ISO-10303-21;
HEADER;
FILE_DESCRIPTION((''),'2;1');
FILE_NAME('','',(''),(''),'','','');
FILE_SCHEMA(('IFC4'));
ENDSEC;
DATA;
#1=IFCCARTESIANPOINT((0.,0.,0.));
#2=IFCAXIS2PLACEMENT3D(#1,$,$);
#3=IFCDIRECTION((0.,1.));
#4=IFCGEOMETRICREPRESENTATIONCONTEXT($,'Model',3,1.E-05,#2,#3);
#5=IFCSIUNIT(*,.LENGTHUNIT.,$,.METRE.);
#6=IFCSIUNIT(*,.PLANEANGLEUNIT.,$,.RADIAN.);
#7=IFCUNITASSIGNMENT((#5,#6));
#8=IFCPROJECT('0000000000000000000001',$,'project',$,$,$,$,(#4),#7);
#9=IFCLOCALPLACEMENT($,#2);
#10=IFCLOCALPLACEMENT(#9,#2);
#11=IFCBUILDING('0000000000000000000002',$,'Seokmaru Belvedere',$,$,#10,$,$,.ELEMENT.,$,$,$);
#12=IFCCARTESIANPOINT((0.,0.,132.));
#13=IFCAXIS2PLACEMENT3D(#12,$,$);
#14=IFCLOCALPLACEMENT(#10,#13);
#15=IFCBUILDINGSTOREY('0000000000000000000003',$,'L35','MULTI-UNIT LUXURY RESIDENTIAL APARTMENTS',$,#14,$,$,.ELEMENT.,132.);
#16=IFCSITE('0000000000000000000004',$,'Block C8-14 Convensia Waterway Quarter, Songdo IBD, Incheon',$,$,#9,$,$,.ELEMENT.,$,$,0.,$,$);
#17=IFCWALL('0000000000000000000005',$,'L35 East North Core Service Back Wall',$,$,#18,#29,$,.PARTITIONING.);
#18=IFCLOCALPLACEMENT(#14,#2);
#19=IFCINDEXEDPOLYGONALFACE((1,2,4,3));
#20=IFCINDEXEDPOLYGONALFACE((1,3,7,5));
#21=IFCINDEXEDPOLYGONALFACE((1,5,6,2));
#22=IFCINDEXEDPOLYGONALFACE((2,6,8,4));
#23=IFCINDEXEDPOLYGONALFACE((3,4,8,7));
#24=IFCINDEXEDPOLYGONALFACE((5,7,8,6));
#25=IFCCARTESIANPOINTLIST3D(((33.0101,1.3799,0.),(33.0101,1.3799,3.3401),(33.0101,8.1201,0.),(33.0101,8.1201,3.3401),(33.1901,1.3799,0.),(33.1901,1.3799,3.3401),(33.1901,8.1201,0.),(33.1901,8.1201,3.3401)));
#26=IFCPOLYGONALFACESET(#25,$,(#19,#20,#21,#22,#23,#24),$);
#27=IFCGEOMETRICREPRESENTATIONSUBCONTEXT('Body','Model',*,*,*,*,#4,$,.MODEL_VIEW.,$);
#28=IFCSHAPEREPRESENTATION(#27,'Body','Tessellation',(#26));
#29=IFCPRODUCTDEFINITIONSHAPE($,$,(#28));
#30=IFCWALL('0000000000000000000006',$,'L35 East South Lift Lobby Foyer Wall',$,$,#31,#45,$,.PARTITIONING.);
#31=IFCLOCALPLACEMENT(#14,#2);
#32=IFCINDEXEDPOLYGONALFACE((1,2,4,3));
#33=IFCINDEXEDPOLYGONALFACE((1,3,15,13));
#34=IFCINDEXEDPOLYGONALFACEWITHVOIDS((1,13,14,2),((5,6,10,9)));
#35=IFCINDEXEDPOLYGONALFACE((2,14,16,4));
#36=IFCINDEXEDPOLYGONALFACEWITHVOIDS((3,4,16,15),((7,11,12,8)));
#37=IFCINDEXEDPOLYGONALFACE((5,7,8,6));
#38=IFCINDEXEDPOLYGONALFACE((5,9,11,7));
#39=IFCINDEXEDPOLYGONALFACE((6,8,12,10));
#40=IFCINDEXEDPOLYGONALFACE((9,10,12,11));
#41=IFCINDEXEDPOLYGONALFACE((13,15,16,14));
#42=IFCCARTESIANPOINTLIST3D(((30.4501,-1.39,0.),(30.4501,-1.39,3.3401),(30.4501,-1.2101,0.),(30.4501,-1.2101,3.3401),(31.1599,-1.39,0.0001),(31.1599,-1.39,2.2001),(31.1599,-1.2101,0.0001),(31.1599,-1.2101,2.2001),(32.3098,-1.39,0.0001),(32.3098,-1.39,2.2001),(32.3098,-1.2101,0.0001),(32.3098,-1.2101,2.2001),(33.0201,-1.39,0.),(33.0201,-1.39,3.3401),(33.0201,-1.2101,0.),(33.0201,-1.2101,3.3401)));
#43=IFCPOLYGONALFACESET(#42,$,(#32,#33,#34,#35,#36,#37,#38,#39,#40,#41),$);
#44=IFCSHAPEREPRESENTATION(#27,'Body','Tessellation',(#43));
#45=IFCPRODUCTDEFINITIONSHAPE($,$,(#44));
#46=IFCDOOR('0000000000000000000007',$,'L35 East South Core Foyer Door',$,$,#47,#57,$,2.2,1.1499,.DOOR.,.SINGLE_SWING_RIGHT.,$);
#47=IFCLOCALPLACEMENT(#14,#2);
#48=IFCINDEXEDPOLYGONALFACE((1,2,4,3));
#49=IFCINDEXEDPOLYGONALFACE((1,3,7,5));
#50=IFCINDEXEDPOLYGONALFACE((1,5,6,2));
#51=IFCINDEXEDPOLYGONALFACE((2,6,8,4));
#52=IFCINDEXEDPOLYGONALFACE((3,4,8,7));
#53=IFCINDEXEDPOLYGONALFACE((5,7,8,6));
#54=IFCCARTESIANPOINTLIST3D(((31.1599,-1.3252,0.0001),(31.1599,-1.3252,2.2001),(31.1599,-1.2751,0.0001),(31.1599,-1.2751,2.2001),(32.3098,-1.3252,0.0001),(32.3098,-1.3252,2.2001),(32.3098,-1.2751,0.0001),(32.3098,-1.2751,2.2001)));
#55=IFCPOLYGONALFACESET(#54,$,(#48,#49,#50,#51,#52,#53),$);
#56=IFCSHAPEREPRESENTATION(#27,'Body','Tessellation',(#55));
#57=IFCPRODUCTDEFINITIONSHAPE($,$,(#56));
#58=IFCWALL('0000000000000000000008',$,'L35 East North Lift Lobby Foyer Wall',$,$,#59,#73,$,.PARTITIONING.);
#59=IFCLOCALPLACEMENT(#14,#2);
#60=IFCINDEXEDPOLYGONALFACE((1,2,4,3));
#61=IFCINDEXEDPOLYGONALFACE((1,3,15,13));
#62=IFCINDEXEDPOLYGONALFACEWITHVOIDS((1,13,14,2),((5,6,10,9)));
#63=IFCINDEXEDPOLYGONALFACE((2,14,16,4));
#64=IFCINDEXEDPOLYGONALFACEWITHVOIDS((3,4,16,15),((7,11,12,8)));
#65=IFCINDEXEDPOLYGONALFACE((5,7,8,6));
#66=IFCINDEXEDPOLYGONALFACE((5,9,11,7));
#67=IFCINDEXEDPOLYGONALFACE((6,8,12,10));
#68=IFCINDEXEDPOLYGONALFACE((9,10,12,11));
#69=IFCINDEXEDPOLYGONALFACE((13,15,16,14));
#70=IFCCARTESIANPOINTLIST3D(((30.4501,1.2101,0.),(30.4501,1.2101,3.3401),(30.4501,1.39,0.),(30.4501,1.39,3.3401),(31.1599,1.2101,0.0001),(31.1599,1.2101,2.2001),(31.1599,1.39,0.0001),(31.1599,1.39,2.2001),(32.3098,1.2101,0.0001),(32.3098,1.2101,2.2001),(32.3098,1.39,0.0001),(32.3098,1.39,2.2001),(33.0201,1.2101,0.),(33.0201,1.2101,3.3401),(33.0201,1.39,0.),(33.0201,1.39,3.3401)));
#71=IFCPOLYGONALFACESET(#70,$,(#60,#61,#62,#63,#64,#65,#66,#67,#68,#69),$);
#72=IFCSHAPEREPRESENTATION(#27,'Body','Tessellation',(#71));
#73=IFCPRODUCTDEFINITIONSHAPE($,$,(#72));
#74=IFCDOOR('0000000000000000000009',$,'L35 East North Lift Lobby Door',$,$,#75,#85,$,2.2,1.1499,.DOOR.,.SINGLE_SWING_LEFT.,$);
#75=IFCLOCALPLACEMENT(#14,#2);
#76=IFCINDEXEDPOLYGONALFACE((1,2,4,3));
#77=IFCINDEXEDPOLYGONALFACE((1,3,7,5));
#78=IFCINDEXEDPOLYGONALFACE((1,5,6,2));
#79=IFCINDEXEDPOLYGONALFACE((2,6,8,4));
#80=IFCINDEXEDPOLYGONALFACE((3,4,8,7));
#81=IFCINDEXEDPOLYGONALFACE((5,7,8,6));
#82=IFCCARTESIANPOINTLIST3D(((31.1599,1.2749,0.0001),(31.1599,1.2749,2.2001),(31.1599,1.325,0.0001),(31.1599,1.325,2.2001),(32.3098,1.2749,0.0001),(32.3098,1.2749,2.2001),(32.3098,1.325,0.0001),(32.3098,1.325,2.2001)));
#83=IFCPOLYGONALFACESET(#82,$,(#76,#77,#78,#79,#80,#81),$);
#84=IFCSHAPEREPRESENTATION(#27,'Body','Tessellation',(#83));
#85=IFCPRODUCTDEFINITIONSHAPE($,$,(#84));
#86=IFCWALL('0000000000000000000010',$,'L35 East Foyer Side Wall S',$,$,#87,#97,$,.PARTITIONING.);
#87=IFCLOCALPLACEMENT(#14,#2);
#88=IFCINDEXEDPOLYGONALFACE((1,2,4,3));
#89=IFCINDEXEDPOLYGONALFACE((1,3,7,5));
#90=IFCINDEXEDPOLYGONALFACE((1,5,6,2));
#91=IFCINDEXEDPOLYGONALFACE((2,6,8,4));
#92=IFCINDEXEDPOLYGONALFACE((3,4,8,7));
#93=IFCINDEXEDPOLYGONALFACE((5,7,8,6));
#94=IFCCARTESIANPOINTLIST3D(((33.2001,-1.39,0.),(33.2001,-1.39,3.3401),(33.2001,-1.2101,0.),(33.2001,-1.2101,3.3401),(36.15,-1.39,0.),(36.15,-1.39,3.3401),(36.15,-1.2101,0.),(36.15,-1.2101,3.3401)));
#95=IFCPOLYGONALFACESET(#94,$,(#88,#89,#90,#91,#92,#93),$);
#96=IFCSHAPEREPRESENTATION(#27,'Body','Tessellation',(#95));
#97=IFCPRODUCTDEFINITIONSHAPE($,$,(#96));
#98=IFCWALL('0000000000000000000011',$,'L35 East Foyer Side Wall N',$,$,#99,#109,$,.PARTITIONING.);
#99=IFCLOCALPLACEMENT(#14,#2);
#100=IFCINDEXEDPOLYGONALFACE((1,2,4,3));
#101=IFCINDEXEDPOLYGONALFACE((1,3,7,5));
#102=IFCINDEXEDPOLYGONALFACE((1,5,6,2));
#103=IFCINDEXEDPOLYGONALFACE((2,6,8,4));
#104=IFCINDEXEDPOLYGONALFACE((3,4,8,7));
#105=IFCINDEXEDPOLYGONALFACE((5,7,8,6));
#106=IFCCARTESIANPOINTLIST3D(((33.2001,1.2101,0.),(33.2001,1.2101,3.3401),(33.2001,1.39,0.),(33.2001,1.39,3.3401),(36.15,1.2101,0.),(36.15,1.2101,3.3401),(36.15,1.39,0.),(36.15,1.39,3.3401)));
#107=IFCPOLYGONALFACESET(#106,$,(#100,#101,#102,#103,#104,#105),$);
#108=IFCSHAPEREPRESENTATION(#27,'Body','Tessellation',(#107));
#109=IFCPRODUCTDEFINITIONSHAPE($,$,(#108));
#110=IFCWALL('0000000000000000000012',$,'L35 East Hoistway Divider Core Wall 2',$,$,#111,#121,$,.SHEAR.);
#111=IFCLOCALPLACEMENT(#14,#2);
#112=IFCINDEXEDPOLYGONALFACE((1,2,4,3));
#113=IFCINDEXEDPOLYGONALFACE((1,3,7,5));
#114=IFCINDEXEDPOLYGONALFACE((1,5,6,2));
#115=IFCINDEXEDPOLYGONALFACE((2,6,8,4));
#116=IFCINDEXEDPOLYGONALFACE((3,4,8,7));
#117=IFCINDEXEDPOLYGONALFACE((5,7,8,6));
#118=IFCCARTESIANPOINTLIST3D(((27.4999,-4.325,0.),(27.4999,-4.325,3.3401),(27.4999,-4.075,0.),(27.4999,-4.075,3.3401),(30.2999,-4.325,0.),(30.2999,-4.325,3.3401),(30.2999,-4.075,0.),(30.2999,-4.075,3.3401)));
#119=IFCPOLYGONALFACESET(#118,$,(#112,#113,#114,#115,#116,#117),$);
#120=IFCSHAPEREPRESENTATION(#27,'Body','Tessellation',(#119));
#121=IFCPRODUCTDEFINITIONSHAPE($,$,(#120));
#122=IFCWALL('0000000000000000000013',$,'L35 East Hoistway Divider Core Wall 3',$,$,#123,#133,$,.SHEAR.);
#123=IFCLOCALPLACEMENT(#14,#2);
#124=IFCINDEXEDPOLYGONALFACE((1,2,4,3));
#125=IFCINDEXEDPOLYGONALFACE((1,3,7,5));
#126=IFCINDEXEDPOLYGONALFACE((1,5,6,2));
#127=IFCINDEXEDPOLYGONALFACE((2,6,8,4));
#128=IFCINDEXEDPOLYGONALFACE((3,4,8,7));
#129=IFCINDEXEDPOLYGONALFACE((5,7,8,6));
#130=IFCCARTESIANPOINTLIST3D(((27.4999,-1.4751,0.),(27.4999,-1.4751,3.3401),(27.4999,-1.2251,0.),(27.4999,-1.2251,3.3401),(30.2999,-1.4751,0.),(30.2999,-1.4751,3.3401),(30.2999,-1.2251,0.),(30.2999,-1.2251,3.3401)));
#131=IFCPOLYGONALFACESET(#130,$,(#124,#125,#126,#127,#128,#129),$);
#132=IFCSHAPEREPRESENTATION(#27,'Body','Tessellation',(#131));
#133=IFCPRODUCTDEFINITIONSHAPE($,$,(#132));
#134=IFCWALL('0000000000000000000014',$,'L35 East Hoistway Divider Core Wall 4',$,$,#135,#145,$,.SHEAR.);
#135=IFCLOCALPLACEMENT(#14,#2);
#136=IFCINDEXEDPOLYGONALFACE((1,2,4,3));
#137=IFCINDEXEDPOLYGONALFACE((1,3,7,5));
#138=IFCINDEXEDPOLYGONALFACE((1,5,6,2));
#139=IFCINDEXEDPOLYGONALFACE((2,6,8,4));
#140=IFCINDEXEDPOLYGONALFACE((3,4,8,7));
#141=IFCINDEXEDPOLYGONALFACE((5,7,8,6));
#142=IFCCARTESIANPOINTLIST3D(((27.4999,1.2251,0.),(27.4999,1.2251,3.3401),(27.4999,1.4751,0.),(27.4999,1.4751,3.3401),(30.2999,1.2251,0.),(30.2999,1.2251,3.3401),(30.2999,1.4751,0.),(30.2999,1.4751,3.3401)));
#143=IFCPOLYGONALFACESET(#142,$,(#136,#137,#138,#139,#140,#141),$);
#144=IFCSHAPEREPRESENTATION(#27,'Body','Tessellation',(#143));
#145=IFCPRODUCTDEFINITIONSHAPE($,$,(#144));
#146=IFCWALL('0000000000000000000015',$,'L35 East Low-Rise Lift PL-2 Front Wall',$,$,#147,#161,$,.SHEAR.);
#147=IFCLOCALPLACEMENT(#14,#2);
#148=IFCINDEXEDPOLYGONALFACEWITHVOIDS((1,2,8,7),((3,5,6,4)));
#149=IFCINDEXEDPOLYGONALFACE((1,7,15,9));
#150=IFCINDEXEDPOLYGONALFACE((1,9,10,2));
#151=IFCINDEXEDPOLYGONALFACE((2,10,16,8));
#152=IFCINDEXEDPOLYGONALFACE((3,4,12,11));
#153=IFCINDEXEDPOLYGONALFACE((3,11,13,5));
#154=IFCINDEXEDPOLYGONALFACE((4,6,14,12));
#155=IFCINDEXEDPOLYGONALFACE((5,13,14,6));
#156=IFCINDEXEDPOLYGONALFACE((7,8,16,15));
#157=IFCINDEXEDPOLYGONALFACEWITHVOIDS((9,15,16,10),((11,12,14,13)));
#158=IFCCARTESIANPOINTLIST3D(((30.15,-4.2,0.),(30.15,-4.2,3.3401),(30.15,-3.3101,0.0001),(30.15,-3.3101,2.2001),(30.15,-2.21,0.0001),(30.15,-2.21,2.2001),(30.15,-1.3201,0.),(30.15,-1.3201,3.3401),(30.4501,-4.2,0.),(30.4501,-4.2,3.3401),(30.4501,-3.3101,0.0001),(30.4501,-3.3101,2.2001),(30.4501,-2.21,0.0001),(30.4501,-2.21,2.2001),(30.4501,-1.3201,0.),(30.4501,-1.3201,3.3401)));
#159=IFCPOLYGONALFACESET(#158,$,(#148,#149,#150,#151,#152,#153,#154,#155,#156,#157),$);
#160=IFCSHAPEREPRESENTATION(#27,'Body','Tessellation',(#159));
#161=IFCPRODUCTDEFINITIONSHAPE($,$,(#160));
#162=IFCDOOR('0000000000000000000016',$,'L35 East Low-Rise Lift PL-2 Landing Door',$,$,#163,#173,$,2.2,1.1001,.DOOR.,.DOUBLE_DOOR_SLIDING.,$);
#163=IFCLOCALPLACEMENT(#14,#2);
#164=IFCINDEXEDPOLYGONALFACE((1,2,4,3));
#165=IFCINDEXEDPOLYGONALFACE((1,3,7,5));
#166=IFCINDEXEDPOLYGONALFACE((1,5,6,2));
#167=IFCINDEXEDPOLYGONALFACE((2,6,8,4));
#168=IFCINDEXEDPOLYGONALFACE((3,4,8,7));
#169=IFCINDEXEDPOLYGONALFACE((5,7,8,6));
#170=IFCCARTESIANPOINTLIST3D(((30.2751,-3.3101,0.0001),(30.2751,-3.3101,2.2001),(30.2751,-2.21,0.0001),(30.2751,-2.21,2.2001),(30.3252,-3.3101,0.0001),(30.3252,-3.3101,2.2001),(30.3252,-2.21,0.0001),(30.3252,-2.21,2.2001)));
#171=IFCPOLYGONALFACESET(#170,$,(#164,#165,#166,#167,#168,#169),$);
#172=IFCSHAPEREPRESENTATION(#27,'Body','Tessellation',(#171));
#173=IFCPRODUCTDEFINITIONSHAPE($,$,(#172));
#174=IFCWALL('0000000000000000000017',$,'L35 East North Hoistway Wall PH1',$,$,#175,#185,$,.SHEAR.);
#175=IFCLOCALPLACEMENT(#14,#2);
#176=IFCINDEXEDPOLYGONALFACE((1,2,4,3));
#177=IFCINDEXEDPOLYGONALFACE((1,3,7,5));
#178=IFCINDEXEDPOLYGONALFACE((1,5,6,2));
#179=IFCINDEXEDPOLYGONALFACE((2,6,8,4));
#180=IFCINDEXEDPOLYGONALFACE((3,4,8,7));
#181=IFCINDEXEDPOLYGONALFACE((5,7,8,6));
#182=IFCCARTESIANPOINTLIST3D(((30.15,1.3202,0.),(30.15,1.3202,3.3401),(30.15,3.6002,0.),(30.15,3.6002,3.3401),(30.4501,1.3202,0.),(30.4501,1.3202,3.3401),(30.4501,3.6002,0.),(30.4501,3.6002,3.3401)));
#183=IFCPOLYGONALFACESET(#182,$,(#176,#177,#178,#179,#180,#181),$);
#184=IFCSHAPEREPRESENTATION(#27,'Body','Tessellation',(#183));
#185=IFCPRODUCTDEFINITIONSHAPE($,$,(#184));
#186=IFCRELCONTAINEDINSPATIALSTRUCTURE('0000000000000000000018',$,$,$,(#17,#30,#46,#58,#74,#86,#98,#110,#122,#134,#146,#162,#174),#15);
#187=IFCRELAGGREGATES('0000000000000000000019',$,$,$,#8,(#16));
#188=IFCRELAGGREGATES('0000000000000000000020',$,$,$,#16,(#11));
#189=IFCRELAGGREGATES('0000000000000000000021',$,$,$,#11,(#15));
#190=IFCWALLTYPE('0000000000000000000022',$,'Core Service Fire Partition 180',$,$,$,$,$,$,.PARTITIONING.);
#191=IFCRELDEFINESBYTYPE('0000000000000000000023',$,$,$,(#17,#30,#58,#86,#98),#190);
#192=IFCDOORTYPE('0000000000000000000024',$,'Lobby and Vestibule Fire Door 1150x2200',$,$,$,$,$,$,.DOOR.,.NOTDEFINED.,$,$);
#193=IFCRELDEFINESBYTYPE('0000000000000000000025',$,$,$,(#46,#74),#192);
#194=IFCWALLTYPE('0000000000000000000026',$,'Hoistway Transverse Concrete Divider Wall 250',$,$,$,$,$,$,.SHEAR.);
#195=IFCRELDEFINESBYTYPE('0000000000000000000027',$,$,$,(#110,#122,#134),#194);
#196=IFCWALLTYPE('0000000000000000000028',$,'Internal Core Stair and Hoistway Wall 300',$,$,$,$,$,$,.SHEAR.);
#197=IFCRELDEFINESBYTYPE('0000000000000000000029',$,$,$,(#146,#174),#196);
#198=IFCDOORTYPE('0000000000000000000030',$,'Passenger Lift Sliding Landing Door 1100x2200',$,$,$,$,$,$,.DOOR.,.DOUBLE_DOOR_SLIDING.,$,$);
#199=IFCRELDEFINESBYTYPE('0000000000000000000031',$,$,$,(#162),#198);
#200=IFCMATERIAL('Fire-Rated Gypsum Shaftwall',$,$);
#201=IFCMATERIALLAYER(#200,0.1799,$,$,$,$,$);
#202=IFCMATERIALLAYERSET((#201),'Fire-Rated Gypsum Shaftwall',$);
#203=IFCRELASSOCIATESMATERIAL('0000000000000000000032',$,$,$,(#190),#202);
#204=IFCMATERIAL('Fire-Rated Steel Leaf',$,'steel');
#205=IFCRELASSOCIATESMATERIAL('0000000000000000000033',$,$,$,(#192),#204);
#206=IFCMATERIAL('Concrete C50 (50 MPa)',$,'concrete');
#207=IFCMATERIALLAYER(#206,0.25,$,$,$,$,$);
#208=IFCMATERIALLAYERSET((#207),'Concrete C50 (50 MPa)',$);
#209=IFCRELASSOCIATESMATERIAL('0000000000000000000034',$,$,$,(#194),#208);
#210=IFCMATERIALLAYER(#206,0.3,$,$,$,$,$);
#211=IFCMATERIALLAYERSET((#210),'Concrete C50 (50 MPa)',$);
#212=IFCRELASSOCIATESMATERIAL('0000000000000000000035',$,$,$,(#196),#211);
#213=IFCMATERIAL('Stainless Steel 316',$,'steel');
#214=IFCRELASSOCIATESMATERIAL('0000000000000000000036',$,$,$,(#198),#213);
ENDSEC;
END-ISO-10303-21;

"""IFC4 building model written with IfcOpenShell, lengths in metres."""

from ifc_helpers import new_model, si_unit, direction, frame, frame_2d, origin, place, context, subcontext, project, spatial, rectangle, extrude, source, transform, mapped, material, layer, layer_set, type_object, type_shapes, element, fill, save


model = new_model("IFC4")

# Units and contexts
model_context = context("Model", 3, precision=1e-05, world=origin(), true_north=direction((0.0, 1.0)))
body_context = subcontext(model_context, "Body", "Model", "MODEL_VIEW")
ifc_project = project(units=[si_unit("LENGTHUNIT", "METRE"), si_unit("PLANEANGLEUNIT", "RADIAN")], contexts=[model_context])

# Site, building, storey
site_placement = place(None, origin())
site = spatial("IfcSite", under=ifc_project, at=site_placement, Name="Block C8-14 Convensia Waterway Quarter, Songdo IBD, Incheon", CompositionType="ELEMENT", RefElevation=0.0)
building_placement = place(site_placement, origin())
building = spatial("IfcBuilding", under=site, at=building_placement, Name="Seokmaru Belvedere", CompositionType="ELEMENT")
storey_placement = place(building_placement, frame((0.0, 0.0, 132.0)))
storey = spatial("IfcBuildingStorey", under=building, at=storey_placement, Name="L35", Description="MULTI-UNIT LUXURY RESIDENTIAL APARTMENTS", CompositionType="ELEMENT", Elevation=132.0)

# Wall
ifc_material_1 = material(Name="Fire-Rated Gypsum Shaftwall")
ifc_layer_1 = layer(ifc_material_1, 0.1799)
ifc_layer_set_1 = layer_set([ifc_layer_1], Name="Fire-Rated Gypsum Shaftwall")
wall_type_1 = type_object("IfcWallType", Name="Core Service Fire Partition 180", PredefinedType="PARTITIONING", material=ifc_layer_set_1)
wall_1_placement = place(storey_placement, frame((33.1001, 1.3799, 0.0), z_axis=(0.0, 0.0, 1.0), x_axis=(0.0, 1.0, 0.0)))
element("IfcWall", 1, at=wall_1_placement, inside=storey, type_object=wall_type_1, Name="L35 East North Core Service Back Wall", PredefinedType="PARTITIONING", context=body_context, shape_type="SweptSolid", body=[
    extrude(rectangle(XDim=6.7402, YDim=0.1799, at=frame_2d((3.3701, 0.0))), origin(), (0.0, 0.0, 1.0), 3.3401),
])

# Walls, openings, doors
wall_2_placement = place(storey_placement, frame((30.45, -1.3, 0.0), z_axis=(0.0, 0.0, 1.0), x_axis=(1.0, 0.0, 0.0)))
wall_2 = element("IfcWall", 2, at=wall_2_placement, inside=storey, type_object=wall_type_1, Name="L35 East South Lift Lobby Foyer Wall", PredefinedType="PARTITIONING", context=body_context, shape_type="SweptSolid", body=[
    extrude(rectangle(XDim=2.5701, YDim=0.1799, at=frame_2d((1.2852, 0.0))), origin(), (0.0, 0.0, 1.0), 3.3401),
])
opening_1_placement = place(wall_2_placement, frame((0.71, 0.0, 0.0)))
opening_1 = element("IfcOpeningElement", 3, at=opening_1_placement, cuts=wall_2, PredefinedType="OPENING", context=body_context, shape_type="SweptSolid", body=[
    extrude(rectangle(XDim=1.1499, YDim=2.2, at=frame_2d((0.575, 1.1001))), frame((0.0, 0.1001, 0.0), z_axis=(0.0, -1.0, 0.0), x_axis=(1.0, 0.0, 0.0)), (0.0, 0.0, 1.0), 0.2),
])
ifc_material_2 = material(Name="Fire-Rated Steel Leaf", Category="steel")
door_type_1 = type_object("IfcDoorType", Name="Lobby and Vestibule Fire Door 1150x2200", OperationType="NOTDEFINED", PredefinedType="DOOR", material=ifc_material_2)
shared_shape_1 = source(origin(), body_context, "Body", "SweptSolid", [
    extrude(rectangle(XDim=1.1499, YDim=2.2, at=frame_2d((0.575, 1.1001))), frame((0.0, 0.0249, 0.0), z_axis=(0.0, -1.0, 0.0), x_axis=(1.0, 0.0, 0.0)), (0.0, 0.0, 1.0), 0.05),
])
type_shapes(door_type_1, [shared_shape_1])
door_1_placement = place(opening_1_placement, origin())
door_1 = element("IfcDoor", 4, at=door_1_placement, inside=storey, type_object=door_type_1, Name="L35 East South Core Foyer Door", OperationType="SINGLE_SWING_RIGHT", OverallHeight=2.2, OverallWidth=1.1499, PredefinedType="DOOR", context=body_context, shape_type="MappedRepresentation", body=[
    mapped(shared_shape_1, transform((0.0, 0.0, 0.0), scale=1.0)),
])
fill(opening_1, door_1)
wall_3_placement = place(storey_placement, frame((30.45, 1.3, 0.0), z_axis=(0.0, 0.0, 1.0), x_axis=(1.0, 0.0, 0.0)))
wall_3 = element("IfcWall", 5, at=wall_3_placement, inside=storey, type_object=wall_type_1, Name="L35 East North Lift Lobby Foyer Wall", PredefinedType="PARTITIONING", context=body_context, shape_type="SweptSolid", body=[
    extrude(rectangle(XDim=2.5701, YDim=0.1799, at=frame_2d((1.2852, 0.0))), origin(), (0.0, 0.0, 1.0), 3.3401),
])
opening_2_placement = place(wall_3_placement, frame((0.71, 0.0, 0.0)))
opening_2 = element("IfcOpeningElement", 6, at=opening_2_placement, cuts=wall_3, PredefinedType="OPENING", context=body_context, shape_type="SweptSolid", body=[
    extrude(rectangle(XDim=1.1499, YDim=2.2, at=frame_2d((0.575, 1.1001))), frame((0.0, 0.1001, 0.0), z_axis=(0.0, -1.0, 0.0), x_axis=(1.0, 0.0, 0.0)), (0.0, 0.0, 1.0), 0.2),
])
door_2_placement = place(opening_2_placement, origin())
door_2 = element("IfcDoor", 7, at=door_2_placement, inside=storey, type_object=door_type_1, Name="L35 East North Lift Lobby Door", OperationType="SINGLE_SWING_LEFT", OverallHeight=2.2, OverallWidth=1.1499, PredefinedType="DOOR", context=body_context, shape_type="MappedRepresentation", body=[
    mapped(shared_shape_1, transform((0.0, 0.0, 0.0), scale=1.0)),
])
fill(opening_2, door_2)

# Walls
for number, where, z_axis, x_axis, name in (
    (8, (33.2, -1.3, 0.0), (0.0, 0.0, 1.0), (1.0, 0.0, 0.0), "L35 East Foyer Side Wall S"),
    (9, (33.2, 1.3, 0.0), (0.0, 0.0, 1.0), (1.0, 0.0, 0.0), "L35 East Foyer Side Wall N"),
):
    element("IfcWall", number, at=place(storey_placement, frame(where, z_axis=z_axis, x_axis=x_axis)), inside=storey, type_object=wall_type_1, Name=name, PredefinedType="PARTITIONING", context=body_context, shape_type="SweptSolid", body=[
        extrude(rectangle(XDim=2.95, YDim=0.1799, at=frame_2d((1.4751, 0.0))), origin(), (0.0, 0.0, 1.0), 3.3401),
    ])
ifc_material_3 = material(Name="Concrete C50 (50 MPa)", Category="concrete")
ifc_layer_2 = layer(ifc_material_3, 0.25)
ifc_layer_set_2 = layer_set([ifc_layer_2], Name="Concrete C50 (50 MPa)")
wall_type_2 = type_object("IfcWallType", Name="Hoistway Transverse Concrete Divider Wall 250", PredefinedType="SHEAR", material=ifc_layer_set_2)
for number, where, z_axis, x_axis, name in (
    (10, (27.5, -4.2, 0.0), (0.0, 0.0, 1.0), (1.0, 0.0, 0.0), "L35 East Hoistway Divider Core Wall 2"),
    (11, (27.5, -1.3501, 0.0), (0.0, 0.0, 1.0), (1.0, 0.0, 0.0), "L35 East Hoistway Divider Core Wall 3"),
    (12, (27.5, 1.3501, 0.0), (0.0, 0.0, 1.0), (1.0, 0.0, 0.0), "L35 East Hoistway Divider Core Wall 4"),
):
    element("IfcWall", number, at=place(storey_placement, frame(where, z_axis=z_axis, x_axis=x_axis)), inside=storey, type_object=wall_type_2, Name=name, PredefinedType="SHEAR", context=body_context, shape_type="SweptSolid", body=[
        extrude(rectangle(XDim=2.8, YDim=0.25, at=frame_2d((1.3999, 0.0))), origin(), (0.0, 0.0, 1.0), 3.3401),
    ])

# Wall, opening, door
ifc_layer_3 = layer(ifc_material_3, 0.3)
ifc_layer_set_3 = layer_set([ifc_layer_3], Name="Concrete C50 (50 MPa)")
wall_type_3 = type_object("IfcWallType", Name="Internal Core Stair and Hoistway Wall 300", PredefinedType="SHEAR", material=ifc_layer_set_3)
wall_4_placement = place(storey_placement, frame((30.3, -4.2, 0.0), z_axis=(0.0, 0.0, 1.0), x_axis=(0.0, 1.0, 0.0)))
wall_4 = element("IfcWall", 13, at=wall_4_placement, inside=storey, type_object=wall_type_3, Name="L35 East Low-Rise Lift PL-2 Front Wall", PredefinedType="SHEAR", context=body_context, shape_type="SweptSolid", body=[
    extrude(rectangle(XDim=2.8799, YDim=0.3, at=frame_2d((1.4399, 0.0))), origin(), (0.0, 0.0, 1.0), 3.3401),
])
opening_3_placement = place(wall_4_placement, frame((0.8899, 0.0, 0.0)))
opening_3 = element("IfcOpeningElement", 14, at=opening_3_placement, cuts=wall_4, PredefinedType="OPENING", context=body_context, shape_type="SweptSolid", body=[
    extrude(rectangle(XDim=1.1001, YDim=2.2, at=frame_2d((0.55, 1.1001))), frame((0.0, 0.1602, 0.0), z_axis=(0.0, -1.0, 0.0), x_axis=(1.0, 0.0, 0.0)), (0.0, 0.0, 1.0), 0.3201),
])
ifc_material_4 = material(Name="Stainless Steel 316", Category="steel")
door_type_2 = type_object("IfcDoorType", Name="Passenger Lift Sliding Landing Door 1100x2200", OperationType="DOUBLE_DOOR_SLIDING", PredefinedType="DOOR", material=ifc_material_4)
shared_shape_2 = source(origin(), body_context, "Body", "SweptSolid", [
    extrude(rectangle(XDim=1.1001, YDim=2.2, at=frame_2d((0.55, 1.1001))), frame((0.0, 0.0249, 0.0), z_axis=(0.0, -1.0, 0.0), x_axis=(1.0, 0.0, 0.0)), (0.0, 0.0, 1.0), 0.05),
])
type_shapes(door_type_2, [shared_shape_2])
door_3_placement = place(opening_3_placement, origin())
door_3 = element("IfcDoor", 15, at=door_3_placement, inside=storey, type_object=door_type_2, Name="L35 East Low-Rise Lift PL-2 Landing Door", OperationType="DOUBLE_DOOR_SLIDING", OverallHeight=2.2, OverallWidth=1.1001, PredefinedType="DOOR", context=body_context, shape_type="MappedRepresentation", body=[
    mapped(shared_shape_2, transform((0.0, 0.0, 0.0), scale=1.0)),
])
fill(opening_3, door_3)

# Wall
wall_5_placement = place(storey_placement, frame((30.3, 1.3201, 0.0), z_axis=(0.0, 0.0, 1.0), x_axis=(0.0, 1.0, 0.0)))
element("IfcWall", 16, at=wall_5_placement, inside=storey, type_object=wall_type_3, Name="L35 East North Hoistway Wall PH1", PredefinedType="SHEAR", context=body_context, shape_type="SweptSolid", body=[
    extrude(rectangle(XDim=2.28, YDim=0.3, at=frame_2d((1.1401, 0.0))), origin(), (0.0, 0.0, 1.0), 3.3401),
])

save(model, "model.ifc")
